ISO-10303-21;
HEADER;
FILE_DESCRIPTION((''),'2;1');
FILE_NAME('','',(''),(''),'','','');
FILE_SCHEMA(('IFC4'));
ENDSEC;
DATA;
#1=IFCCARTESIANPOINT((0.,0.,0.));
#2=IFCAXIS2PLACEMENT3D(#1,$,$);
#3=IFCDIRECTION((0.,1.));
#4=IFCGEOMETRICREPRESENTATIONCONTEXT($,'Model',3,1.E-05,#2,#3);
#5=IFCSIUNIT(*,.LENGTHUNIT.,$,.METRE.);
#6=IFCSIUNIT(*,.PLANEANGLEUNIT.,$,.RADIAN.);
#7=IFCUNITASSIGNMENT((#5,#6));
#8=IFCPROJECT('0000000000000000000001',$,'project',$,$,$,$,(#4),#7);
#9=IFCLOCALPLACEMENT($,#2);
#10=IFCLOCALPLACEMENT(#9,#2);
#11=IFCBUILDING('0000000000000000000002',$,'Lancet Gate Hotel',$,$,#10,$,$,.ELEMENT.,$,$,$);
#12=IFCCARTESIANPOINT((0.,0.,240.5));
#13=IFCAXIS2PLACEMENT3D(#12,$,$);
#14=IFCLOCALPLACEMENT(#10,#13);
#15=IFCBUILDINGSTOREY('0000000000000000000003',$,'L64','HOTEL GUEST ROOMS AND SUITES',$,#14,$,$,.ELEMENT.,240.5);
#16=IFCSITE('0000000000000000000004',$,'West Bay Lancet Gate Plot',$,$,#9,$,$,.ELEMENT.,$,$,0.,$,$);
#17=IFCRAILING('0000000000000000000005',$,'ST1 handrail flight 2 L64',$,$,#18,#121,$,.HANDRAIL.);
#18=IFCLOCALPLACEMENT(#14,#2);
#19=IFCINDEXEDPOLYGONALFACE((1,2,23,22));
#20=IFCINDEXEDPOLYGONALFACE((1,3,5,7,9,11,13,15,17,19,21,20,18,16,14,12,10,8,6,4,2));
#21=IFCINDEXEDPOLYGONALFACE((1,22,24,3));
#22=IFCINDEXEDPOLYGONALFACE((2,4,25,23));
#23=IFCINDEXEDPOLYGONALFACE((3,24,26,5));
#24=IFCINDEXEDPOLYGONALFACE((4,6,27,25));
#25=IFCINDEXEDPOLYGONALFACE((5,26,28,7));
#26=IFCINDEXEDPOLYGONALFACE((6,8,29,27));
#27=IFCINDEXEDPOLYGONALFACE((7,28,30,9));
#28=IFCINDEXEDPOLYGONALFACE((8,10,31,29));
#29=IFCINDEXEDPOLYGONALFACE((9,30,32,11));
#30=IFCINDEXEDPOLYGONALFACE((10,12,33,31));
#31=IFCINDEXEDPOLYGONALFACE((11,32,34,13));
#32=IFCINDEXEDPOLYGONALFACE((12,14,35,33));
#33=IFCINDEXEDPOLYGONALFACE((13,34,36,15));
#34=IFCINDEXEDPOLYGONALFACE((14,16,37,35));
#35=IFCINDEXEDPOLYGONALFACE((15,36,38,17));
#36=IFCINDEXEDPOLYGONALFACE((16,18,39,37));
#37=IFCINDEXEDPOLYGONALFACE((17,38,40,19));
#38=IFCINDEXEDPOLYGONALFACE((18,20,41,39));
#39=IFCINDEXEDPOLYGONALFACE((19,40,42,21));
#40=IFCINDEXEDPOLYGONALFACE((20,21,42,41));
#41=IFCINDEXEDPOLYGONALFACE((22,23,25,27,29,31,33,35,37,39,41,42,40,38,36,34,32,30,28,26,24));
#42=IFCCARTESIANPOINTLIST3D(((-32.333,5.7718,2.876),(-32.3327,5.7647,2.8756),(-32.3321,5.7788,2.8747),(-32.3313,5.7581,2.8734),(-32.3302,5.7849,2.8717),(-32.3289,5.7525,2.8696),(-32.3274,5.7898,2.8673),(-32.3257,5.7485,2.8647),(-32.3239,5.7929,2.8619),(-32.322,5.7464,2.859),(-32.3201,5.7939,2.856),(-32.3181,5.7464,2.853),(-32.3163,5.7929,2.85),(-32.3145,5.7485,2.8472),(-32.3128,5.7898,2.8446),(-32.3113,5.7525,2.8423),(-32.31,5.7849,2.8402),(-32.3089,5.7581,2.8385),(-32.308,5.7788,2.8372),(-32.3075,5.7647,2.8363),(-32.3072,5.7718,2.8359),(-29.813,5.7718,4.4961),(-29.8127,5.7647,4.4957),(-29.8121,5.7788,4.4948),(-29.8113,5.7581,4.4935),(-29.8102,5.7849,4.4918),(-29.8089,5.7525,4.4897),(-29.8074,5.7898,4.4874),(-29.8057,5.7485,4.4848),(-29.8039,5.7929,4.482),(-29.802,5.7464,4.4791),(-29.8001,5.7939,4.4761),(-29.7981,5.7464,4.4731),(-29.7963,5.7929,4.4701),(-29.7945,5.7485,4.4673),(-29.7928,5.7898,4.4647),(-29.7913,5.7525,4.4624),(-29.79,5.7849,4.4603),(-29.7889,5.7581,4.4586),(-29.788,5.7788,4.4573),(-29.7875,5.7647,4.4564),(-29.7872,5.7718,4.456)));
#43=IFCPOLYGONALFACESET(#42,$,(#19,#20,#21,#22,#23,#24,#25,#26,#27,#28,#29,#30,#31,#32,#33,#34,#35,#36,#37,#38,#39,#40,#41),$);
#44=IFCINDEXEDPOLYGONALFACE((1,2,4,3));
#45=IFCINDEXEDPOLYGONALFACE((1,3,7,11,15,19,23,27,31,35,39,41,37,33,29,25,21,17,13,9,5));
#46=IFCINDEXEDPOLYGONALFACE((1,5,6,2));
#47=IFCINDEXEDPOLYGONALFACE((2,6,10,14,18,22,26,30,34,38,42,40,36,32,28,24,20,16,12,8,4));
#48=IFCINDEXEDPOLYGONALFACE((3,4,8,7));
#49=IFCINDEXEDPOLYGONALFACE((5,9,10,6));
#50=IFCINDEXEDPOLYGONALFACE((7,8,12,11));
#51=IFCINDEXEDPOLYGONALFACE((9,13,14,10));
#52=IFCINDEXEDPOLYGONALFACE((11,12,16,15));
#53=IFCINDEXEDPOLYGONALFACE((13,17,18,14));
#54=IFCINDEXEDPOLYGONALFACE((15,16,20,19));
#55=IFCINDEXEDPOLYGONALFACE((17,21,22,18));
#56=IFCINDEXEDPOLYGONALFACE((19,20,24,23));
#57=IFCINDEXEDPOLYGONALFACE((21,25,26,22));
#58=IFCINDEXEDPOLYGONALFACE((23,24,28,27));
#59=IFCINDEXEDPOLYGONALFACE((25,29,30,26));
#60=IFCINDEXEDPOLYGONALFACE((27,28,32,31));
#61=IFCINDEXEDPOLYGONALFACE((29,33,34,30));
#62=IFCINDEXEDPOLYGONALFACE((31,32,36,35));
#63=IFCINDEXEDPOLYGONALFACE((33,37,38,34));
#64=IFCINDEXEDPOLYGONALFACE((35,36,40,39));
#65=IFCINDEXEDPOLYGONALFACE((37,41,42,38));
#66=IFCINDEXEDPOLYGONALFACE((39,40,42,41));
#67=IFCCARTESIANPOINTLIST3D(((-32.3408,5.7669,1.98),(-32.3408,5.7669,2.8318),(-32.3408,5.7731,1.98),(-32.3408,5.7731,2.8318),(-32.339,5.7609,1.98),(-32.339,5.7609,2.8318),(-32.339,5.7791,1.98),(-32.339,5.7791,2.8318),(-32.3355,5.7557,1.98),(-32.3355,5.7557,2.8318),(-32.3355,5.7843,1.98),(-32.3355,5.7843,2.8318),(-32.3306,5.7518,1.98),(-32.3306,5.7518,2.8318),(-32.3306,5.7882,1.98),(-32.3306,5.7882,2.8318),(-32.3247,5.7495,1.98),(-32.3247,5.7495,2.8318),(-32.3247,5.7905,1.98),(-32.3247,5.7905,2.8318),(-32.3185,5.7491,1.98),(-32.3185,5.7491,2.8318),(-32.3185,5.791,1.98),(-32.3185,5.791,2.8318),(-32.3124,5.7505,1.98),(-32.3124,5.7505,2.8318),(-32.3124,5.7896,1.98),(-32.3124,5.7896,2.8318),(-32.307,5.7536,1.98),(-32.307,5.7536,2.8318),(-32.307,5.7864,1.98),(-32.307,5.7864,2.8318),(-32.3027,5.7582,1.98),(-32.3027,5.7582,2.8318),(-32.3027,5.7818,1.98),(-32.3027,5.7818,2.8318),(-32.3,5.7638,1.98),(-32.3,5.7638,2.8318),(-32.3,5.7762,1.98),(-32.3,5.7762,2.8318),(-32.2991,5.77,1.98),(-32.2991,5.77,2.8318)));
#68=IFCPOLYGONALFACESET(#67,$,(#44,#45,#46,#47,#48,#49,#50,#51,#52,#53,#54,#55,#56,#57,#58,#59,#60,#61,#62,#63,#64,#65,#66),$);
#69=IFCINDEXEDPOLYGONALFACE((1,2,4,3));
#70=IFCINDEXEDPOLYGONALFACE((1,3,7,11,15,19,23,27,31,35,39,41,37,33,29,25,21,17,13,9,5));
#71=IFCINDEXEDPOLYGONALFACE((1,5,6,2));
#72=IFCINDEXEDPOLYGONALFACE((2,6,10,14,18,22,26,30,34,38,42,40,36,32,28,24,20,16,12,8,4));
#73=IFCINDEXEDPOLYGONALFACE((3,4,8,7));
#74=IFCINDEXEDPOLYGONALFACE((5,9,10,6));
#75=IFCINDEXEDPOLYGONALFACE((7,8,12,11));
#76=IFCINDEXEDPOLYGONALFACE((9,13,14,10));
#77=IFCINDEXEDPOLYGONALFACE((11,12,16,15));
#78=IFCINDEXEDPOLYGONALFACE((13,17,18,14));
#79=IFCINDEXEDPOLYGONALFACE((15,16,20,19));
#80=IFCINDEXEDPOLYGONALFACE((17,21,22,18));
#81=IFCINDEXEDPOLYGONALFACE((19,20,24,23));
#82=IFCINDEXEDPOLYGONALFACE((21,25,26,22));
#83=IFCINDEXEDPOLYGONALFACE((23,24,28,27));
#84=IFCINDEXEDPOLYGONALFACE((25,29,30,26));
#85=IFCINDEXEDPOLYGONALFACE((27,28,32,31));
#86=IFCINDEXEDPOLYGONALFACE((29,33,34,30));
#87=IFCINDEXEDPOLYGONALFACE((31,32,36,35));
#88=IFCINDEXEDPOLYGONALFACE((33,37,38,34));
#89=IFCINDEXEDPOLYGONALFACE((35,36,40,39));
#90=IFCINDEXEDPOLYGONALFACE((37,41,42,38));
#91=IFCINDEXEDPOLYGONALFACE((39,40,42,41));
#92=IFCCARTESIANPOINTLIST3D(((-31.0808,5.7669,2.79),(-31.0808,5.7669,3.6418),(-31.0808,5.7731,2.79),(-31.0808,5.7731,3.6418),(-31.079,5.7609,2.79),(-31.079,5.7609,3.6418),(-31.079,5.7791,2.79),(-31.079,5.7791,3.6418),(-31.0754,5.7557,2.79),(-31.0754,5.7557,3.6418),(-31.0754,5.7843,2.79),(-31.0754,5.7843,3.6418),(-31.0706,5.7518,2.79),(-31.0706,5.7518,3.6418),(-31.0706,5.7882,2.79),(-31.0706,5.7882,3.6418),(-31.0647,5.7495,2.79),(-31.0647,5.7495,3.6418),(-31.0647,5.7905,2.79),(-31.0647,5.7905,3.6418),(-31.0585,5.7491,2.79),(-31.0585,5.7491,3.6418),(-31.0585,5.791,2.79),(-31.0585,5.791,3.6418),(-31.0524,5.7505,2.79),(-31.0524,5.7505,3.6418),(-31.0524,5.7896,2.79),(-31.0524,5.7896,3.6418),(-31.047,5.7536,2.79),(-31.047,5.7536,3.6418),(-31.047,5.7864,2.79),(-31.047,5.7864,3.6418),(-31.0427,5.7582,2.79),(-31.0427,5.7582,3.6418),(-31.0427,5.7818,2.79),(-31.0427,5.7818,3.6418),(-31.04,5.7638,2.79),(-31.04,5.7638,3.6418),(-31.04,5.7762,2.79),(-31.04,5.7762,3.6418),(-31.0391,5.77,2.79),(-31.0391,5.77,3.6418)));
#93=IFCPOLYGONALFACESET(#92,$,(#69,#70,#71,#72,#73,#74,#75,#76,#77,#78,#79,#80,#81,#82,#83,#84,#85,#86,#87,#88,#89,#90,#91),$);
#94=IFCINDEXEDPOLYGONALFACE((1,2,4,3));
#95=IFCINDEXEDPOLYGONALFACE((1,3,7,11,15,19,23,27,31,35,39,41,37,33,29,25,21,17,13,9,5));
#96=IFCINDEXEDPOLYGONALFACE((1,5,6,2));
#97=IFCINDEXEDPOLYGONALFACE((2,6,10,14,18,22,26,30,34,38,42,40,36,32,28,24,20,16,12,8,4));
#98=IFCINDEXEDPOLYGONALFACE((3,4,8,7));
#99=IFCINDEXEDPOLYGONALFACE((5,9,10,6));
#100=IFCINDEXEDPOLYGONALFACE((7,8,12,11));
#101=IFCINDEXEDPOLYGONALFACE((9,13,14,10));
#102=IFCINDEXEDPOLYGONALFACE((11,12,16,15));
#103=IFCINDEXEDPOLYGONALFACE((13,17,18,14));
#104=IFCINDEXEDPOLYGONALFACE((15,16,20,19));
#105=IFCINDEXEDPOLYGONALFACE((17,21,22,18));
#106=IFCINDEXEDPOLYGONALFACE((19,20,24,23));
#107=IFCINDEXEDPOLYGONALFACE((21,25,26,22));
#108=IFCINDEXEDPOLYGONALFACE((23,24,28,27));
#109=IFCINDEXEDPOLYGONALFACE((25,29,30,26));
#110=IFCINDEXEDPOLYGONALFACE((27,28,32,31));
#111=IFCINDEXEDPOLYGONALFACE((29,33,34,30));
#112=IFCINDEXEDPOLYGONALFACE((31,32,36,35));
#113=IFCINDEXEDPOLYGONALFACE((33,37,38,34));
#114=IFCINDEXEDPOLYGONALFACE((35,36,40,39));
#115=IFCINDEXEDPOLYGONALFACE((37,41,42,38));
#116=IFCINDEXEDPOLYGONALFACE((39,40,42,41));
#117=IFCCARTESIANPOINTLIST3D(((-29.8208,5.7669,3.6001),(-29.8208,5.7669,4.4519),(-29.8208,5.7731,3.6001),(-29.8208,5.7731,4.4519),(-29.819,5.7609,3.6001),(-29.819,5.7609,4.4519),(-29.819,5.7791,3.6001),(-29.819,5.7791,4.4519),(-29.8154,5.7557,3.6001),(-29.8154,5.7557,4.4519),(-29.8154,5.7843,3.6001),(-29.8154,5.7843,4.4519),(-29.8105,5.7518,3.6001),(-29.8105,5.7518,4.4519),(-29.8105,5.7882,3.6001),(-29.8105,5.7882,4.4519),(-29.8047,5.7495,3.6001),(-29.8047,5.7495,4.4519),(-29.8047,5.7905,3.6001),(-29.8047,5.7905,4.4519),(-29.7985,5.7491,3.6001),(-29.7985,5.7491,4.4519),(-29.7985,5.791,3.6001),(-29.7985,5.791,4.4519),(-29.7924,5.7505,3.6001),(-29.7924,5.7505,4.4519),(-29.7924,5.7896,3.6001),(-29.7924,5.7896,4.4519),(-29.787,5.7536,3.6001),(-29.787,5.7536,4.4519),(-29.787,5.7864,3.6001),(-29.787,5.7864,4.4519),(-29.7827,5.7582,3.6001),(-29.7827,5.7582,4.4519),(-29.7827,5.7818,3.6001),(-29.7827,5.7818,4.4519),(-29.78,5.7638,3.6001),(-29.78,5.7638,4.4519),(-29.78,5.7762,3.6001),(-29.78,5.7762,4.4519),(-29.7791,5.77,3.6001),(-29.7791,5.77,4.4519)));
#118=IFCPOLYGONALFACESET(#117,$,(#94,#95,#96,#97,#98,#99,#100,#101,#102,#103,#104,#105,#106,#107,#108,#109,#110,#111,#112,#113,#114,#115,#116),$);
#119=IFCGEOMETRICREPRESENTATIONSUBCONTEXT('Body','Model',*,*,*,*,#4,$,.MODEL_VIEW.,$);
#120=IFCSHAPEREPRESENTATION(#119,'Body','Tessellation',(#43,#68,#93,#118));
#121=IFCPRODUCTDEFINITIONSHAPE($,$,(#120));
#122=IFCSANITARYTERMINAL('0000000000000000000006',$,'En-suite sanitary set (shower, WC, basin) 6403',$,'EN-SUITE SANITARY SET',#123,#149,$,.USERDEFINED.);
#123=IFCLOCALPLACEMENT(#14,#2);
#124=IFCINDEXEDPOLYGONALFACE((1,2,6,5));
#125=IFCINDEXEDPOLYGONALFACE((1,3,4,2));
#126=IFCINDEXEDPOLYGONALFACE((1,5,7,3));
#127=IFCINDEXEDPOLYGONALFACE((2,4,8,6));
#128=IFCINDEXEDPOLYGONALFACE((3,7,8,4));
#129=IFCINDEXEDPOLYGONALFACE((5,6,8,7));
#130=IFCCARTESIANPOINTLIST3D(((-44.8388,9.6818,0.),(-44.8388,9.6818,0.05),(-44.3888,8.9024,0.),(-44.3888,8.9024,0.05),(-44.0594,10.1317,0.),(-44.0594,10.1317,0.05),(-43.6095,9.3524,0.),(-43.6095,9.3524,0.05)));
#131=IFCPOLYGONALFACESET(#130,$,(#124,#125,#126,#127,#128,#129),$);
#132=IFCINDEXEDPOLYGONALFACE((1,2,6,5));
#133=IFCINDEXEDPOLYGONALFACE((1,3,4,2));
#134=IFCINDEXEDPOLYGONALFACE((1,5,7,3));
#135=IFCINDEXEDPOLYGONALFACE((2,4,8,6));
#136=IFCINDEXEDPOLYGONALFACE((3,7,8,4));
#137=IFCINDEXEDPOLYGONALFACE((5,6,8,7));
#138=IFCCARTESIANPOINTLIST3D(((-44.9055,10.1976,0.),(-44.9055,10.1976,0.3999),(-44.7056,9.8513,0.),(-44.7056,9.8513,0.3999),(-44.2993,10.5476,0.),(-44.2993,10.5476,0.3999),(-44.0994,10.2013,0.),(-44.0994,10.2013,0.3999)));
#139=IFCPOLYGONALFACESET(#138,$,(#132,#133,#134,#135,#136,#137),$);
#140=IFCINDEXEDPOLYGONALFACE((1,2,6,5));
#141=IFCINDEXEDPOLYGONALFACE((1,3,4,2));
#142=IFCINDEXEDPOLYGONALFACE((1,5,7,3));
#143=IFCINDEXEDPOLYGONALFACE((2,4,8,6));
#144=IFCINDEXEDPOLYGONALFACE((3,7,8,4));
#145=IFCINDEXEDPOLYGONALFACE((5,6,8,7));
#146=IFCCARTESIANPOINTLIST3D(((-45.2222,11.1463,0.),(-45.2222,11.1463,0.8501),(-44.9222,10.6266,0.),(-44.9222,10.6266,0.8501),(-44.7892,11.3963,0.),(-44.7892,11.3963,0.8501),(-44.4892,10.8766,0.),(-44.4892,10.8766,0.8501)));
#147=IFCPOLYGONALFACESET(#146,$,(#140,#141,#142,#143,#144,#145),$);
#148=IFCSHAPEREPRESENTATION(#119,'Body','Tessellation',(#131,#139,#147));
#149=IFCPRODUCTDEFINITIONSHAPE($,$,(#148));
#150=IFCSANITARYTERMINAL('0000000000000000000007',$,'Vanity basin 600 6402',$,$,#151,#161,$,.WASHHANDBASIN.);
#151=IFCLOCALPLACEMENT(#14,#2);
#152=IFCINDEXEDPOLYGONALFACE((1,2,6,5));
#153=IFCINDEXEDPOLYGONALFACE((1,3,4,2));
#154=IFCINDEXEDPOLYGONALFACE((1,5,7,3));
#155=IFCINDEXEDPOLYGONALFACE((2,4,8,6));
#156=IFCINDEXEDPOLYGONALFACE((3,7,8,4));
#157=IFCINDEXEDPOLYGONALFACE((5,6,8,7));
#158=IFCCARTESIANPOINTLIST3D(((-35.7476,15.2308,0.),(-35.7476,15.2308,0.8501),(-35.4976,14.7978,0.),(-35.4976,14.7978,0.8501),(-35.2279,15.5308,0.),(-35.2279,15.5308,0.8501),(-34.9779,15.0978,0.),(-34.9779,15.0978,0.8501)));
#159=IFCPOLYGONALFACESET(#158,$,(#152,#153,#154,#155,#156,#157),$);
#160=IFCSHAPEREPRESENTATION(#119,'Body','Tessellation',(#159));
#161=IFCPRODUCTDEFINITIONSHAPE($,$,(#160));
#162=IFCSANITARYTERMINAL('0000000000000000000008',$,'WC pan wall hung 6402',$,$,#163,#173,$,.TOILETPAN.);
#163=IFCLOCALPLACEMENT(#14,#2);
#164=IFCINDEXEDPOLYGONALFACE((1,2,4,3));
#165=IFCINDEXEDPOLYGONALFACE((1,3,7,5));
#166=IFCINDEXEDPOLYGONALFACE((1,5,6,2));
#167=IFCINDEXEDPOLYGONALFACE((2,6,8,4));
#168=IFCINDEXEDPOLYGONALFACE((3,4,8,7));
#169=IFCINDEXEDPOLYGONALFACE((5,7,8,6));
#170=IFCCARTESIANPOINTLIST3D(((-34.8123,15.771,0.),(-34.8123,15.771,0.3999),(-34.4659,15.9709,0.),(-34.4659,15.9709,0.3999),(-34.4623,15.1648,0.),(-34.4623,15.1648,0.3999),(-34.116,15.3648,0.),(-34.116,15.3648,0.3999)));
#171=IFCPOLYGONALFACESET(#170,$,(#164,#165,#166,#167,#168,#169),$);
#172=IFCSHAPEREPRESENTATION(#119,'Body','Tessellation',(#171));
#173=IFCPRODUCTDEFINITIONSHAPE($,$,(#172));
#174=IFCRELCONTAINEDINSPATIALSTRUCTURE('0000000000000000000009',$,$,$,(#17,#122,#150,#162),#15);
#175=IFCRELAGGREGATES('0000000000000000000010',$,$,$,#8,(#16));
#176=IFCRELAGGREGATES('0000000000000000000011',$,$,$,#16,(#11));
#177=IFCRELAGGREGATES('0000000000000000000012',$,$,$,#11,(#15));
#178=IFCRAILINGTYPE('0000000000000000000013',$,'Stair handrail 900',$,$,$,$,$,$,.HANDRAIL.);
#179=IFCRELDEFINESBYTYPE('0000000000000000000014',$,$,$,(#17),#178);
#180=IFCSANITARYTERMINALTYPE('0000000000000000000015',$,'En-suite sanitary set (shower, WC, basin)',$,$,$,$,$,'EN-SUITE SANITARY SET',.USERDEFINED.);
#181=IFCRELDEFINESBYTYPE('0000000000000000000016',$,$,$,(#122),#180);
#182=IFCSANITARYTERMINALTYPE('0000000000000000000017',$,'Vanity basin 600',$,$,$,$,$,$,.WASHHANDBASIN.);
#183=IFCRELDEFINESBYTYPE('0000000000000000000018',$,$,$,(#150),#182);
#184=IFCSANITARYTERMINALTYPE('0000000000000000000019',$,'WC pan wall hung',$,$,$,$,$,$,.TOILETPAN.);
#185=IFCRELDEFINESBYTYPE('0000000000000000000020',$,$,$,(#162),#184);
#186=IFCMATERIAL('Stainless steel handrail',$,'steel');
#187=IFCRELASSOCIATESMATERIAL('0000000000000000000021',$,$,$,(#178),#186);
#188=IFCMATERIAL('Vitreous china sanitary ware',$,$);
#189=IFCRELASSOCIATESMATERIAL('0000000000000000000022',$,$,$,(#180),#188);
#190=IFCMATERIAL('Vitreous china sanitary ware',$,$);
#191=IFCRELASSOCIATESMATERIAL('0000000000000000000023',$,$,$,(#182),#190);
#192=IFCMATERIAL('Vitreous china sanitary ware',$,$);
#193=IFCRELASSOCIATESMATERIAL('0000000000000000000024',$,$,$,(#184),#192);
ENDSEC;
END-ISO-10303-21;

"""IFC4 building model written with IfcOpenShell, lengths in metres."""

from ifc_helpers import new_model, si_unit, direction, frame, origin, origin_2d, place, context, subcontext, project, spatial, rectangle, circle, extrude, material, type_object, element, save


model = new_model("IFC4")

# Units and contexts
model_context = context("Model", 3, precision=1e-05, world=origin(), true_north=direction((0.0, 1.0)))
body_context = subcontext(model_context, "Body", "Model", "MODEL_VIEW")
ifc_project = project(units=[si_unit("LENGTHUNIT", "METRE"), si_unit("PLANEANGLEUNIT", "RADIAN")], contexts=[model_context])

# Site, building, storey
site_placement = place(None, origin())
site = spatial("IfcSite", under=ifc_project, at=site_placement, Name="West Bay Lancet Gate Plot", CompositionType="ELEMENT", RefElevation=0.0)
building_placement = place(site_placement, origin())
building = spatial("IfcBuilding", under=site, at=building_placement, Name="Lancet Gate Hotel", CompositionType="ELEMENT")
storey_placement = place(building_placement, frame((0.0, 0.0, 240.5)))
storey = spatial("IfcBuildingStorey", under=building, at=storey_placement, Name="L64", Description="HOTEL GUEST ROOMS AND SUITES", CompositionType="ELEMENT", Elevation=240.5)

# Railing
ifc_material_1 = material(Name="Stainless steel handrail", Category="steel")
railing_type = type_object("IfcRailingType", Name="Stair handrail 900", PredefinedType="HANDRAIL", material=ifc_material_1)
railing_1_placement = place(storey_placement, frame((-32.3201, 5.77, 1.98)))
element("IfcRailing", 1, at=railing_1_placement, inside=storey, type_object=railing_type, Name="ST1 handrail flight 2 L64", PredefinedType="HANDRAIL", context=body_context, shape_type="SweptSolid", body=[
    extrude(circle(Radius=0.0239, at=origin_2d()), frame((0.0, 0.0, 0.876), z_axis=(0.841163, 0.0, 0.540782), x_axis=(0.0, 1.0, 0.0)), (0.0, 0.0, 1.0), 2.9958),
    extrude(circle(Radius=0.021, at=origin_2d()), origin(), (0.0, 0.0, 1.0), 0.8518),
    extrude(circle(Radius=0.021, at=origin_2d()), frame((1.26, 0.0, 0.8101)), (0.0, 0.0, 1.0), 0.8518),
    extrude(circle(Radius=0.021, at=origin_2d()), frame((2.52, 0.0, 1.6201)), (0.0, 0.0, 1.0), 0.8518),
])

# Sanitary terminals
ifc_material_2 = material(Name="Vitreous china sanitary ware")
sanitary_terminal_type_1 = type_object("IfcSanitaryTerminalType", Name="En-suite sanitary set (shower, WC, basin)", ElementType="EN-SUITE SANITARY SET", PredefinedType="USERDEFINED", material=ifc_material_2)
sanitary_terminal_1_placement = place(storey_placement, frame((-44.2241, 9.5171, 0.0), z_axis=(0.0, 0.0, 1.0), x_axis=(1.0, 0.0, 0.0)))
element("IfcSanitaryTerminal", 2, at=sanitary_terminal_1_placement, inside=storey, type_object=sanitary_terminal_type_1, Name="En-suite sanitary set (shower, WC, basin) 6403", ObjectType="EN-SUITE SANITARY SET", PredefinedType="USERDEFINED", context=body_context, shape_type="SweptSolid", body=[
    extrude(rectangle(XDim=0.8999, YDim=0.8999, at=origin_2d()), frame((0.0, 0.0, 0.0), z_axis=(0.0, 0.0, 1.0), x_axis=(0.5, -0.866025, 0.0)), (0.0, 0.0, 1.0), 0.05),
    extrude(rectangle(XDim=0.3999, YDim=0.7, at=origin_2d()), frame((-0.2783, 0.6824, 0.0), z_axis=(0.0, 0.0, 1.0), x_axis=(0.5, -0.866025, 0.0)), (0.0, 0.0, 1.0), 0.3999),
    extrude(rectangle(XDim=0.6001, YDim=0.5, at=origin_2d()), frame((-0.6316, 1.4944, 0.0), z_axis=(0.0, 0.0, 1.0), x_axis=(0.5, -0.866025, 0.0)), (0.0, 0.0, 1.0), 0.8501),
])
ifc_material_3 = material(Name="Vitreous china sanitary ware")
sanitary_terminal_type_2 = type_object("IfcSanitaryTerminalType", Name="Vanity basin 600", PredefinedType="WASHHANDBASIN", material=ifc_material_3)
sanitary_terminal_2_placement = place(storey_placement, frame((-35.3628, 15.1643, 0.0), z_axis=(0.0, 0.0, 1.0), x_axis=(0.866025, 0.5, 0.0)))
element("IfcSanitaryTerminal", 3, at=sanitary_terminal_2_placement, inside=storey, type_object=sanitary_terminal_type_2, Name="Vanity basin 600 6402", PredefinedType="WASHHANDBASIN", context=body_context, shape_type="SweptSolid", body=[
    extrude(rectangle(XDim=0.6001, YDim=0.5, at=origin_2d()), origin(), (0.0, 0.0, 1.0), 0.8501),
])
ifc_material_4 = material(Name="Vitreous china sanitary ware")
sanitary_terminal_type_3 = type_object("IfcSanitaryTerminalType", Name="WC pan wall hung", PredefinedType="TOILETPAN", material=ifc_material_4)
sanitary_terminal_3_placement = place(storey_placement, frame((-34.4641, 15.5679, 0.0), z_axis=(0.0, 0.0, 1.0), x_axis=(0.866025, 0.5, 0.0)))
element("IfcSanitaryTerminal", 4, at=sanitary_terminal_3_placement, inside=storey, type_object=sanitary_terminal_type_3, Name="WC pan wall hung 6402", PredefinedType="TOILETPAN", context=body_context, shape_type="SweptSolid", body=[
    extrude(rectangle(XDim=0.3999, YDim=0.7, at=origin_2d()), origin(), (0.0, 0.0, 1.0), 0.3999),
])

save(model, "model.ifc")
